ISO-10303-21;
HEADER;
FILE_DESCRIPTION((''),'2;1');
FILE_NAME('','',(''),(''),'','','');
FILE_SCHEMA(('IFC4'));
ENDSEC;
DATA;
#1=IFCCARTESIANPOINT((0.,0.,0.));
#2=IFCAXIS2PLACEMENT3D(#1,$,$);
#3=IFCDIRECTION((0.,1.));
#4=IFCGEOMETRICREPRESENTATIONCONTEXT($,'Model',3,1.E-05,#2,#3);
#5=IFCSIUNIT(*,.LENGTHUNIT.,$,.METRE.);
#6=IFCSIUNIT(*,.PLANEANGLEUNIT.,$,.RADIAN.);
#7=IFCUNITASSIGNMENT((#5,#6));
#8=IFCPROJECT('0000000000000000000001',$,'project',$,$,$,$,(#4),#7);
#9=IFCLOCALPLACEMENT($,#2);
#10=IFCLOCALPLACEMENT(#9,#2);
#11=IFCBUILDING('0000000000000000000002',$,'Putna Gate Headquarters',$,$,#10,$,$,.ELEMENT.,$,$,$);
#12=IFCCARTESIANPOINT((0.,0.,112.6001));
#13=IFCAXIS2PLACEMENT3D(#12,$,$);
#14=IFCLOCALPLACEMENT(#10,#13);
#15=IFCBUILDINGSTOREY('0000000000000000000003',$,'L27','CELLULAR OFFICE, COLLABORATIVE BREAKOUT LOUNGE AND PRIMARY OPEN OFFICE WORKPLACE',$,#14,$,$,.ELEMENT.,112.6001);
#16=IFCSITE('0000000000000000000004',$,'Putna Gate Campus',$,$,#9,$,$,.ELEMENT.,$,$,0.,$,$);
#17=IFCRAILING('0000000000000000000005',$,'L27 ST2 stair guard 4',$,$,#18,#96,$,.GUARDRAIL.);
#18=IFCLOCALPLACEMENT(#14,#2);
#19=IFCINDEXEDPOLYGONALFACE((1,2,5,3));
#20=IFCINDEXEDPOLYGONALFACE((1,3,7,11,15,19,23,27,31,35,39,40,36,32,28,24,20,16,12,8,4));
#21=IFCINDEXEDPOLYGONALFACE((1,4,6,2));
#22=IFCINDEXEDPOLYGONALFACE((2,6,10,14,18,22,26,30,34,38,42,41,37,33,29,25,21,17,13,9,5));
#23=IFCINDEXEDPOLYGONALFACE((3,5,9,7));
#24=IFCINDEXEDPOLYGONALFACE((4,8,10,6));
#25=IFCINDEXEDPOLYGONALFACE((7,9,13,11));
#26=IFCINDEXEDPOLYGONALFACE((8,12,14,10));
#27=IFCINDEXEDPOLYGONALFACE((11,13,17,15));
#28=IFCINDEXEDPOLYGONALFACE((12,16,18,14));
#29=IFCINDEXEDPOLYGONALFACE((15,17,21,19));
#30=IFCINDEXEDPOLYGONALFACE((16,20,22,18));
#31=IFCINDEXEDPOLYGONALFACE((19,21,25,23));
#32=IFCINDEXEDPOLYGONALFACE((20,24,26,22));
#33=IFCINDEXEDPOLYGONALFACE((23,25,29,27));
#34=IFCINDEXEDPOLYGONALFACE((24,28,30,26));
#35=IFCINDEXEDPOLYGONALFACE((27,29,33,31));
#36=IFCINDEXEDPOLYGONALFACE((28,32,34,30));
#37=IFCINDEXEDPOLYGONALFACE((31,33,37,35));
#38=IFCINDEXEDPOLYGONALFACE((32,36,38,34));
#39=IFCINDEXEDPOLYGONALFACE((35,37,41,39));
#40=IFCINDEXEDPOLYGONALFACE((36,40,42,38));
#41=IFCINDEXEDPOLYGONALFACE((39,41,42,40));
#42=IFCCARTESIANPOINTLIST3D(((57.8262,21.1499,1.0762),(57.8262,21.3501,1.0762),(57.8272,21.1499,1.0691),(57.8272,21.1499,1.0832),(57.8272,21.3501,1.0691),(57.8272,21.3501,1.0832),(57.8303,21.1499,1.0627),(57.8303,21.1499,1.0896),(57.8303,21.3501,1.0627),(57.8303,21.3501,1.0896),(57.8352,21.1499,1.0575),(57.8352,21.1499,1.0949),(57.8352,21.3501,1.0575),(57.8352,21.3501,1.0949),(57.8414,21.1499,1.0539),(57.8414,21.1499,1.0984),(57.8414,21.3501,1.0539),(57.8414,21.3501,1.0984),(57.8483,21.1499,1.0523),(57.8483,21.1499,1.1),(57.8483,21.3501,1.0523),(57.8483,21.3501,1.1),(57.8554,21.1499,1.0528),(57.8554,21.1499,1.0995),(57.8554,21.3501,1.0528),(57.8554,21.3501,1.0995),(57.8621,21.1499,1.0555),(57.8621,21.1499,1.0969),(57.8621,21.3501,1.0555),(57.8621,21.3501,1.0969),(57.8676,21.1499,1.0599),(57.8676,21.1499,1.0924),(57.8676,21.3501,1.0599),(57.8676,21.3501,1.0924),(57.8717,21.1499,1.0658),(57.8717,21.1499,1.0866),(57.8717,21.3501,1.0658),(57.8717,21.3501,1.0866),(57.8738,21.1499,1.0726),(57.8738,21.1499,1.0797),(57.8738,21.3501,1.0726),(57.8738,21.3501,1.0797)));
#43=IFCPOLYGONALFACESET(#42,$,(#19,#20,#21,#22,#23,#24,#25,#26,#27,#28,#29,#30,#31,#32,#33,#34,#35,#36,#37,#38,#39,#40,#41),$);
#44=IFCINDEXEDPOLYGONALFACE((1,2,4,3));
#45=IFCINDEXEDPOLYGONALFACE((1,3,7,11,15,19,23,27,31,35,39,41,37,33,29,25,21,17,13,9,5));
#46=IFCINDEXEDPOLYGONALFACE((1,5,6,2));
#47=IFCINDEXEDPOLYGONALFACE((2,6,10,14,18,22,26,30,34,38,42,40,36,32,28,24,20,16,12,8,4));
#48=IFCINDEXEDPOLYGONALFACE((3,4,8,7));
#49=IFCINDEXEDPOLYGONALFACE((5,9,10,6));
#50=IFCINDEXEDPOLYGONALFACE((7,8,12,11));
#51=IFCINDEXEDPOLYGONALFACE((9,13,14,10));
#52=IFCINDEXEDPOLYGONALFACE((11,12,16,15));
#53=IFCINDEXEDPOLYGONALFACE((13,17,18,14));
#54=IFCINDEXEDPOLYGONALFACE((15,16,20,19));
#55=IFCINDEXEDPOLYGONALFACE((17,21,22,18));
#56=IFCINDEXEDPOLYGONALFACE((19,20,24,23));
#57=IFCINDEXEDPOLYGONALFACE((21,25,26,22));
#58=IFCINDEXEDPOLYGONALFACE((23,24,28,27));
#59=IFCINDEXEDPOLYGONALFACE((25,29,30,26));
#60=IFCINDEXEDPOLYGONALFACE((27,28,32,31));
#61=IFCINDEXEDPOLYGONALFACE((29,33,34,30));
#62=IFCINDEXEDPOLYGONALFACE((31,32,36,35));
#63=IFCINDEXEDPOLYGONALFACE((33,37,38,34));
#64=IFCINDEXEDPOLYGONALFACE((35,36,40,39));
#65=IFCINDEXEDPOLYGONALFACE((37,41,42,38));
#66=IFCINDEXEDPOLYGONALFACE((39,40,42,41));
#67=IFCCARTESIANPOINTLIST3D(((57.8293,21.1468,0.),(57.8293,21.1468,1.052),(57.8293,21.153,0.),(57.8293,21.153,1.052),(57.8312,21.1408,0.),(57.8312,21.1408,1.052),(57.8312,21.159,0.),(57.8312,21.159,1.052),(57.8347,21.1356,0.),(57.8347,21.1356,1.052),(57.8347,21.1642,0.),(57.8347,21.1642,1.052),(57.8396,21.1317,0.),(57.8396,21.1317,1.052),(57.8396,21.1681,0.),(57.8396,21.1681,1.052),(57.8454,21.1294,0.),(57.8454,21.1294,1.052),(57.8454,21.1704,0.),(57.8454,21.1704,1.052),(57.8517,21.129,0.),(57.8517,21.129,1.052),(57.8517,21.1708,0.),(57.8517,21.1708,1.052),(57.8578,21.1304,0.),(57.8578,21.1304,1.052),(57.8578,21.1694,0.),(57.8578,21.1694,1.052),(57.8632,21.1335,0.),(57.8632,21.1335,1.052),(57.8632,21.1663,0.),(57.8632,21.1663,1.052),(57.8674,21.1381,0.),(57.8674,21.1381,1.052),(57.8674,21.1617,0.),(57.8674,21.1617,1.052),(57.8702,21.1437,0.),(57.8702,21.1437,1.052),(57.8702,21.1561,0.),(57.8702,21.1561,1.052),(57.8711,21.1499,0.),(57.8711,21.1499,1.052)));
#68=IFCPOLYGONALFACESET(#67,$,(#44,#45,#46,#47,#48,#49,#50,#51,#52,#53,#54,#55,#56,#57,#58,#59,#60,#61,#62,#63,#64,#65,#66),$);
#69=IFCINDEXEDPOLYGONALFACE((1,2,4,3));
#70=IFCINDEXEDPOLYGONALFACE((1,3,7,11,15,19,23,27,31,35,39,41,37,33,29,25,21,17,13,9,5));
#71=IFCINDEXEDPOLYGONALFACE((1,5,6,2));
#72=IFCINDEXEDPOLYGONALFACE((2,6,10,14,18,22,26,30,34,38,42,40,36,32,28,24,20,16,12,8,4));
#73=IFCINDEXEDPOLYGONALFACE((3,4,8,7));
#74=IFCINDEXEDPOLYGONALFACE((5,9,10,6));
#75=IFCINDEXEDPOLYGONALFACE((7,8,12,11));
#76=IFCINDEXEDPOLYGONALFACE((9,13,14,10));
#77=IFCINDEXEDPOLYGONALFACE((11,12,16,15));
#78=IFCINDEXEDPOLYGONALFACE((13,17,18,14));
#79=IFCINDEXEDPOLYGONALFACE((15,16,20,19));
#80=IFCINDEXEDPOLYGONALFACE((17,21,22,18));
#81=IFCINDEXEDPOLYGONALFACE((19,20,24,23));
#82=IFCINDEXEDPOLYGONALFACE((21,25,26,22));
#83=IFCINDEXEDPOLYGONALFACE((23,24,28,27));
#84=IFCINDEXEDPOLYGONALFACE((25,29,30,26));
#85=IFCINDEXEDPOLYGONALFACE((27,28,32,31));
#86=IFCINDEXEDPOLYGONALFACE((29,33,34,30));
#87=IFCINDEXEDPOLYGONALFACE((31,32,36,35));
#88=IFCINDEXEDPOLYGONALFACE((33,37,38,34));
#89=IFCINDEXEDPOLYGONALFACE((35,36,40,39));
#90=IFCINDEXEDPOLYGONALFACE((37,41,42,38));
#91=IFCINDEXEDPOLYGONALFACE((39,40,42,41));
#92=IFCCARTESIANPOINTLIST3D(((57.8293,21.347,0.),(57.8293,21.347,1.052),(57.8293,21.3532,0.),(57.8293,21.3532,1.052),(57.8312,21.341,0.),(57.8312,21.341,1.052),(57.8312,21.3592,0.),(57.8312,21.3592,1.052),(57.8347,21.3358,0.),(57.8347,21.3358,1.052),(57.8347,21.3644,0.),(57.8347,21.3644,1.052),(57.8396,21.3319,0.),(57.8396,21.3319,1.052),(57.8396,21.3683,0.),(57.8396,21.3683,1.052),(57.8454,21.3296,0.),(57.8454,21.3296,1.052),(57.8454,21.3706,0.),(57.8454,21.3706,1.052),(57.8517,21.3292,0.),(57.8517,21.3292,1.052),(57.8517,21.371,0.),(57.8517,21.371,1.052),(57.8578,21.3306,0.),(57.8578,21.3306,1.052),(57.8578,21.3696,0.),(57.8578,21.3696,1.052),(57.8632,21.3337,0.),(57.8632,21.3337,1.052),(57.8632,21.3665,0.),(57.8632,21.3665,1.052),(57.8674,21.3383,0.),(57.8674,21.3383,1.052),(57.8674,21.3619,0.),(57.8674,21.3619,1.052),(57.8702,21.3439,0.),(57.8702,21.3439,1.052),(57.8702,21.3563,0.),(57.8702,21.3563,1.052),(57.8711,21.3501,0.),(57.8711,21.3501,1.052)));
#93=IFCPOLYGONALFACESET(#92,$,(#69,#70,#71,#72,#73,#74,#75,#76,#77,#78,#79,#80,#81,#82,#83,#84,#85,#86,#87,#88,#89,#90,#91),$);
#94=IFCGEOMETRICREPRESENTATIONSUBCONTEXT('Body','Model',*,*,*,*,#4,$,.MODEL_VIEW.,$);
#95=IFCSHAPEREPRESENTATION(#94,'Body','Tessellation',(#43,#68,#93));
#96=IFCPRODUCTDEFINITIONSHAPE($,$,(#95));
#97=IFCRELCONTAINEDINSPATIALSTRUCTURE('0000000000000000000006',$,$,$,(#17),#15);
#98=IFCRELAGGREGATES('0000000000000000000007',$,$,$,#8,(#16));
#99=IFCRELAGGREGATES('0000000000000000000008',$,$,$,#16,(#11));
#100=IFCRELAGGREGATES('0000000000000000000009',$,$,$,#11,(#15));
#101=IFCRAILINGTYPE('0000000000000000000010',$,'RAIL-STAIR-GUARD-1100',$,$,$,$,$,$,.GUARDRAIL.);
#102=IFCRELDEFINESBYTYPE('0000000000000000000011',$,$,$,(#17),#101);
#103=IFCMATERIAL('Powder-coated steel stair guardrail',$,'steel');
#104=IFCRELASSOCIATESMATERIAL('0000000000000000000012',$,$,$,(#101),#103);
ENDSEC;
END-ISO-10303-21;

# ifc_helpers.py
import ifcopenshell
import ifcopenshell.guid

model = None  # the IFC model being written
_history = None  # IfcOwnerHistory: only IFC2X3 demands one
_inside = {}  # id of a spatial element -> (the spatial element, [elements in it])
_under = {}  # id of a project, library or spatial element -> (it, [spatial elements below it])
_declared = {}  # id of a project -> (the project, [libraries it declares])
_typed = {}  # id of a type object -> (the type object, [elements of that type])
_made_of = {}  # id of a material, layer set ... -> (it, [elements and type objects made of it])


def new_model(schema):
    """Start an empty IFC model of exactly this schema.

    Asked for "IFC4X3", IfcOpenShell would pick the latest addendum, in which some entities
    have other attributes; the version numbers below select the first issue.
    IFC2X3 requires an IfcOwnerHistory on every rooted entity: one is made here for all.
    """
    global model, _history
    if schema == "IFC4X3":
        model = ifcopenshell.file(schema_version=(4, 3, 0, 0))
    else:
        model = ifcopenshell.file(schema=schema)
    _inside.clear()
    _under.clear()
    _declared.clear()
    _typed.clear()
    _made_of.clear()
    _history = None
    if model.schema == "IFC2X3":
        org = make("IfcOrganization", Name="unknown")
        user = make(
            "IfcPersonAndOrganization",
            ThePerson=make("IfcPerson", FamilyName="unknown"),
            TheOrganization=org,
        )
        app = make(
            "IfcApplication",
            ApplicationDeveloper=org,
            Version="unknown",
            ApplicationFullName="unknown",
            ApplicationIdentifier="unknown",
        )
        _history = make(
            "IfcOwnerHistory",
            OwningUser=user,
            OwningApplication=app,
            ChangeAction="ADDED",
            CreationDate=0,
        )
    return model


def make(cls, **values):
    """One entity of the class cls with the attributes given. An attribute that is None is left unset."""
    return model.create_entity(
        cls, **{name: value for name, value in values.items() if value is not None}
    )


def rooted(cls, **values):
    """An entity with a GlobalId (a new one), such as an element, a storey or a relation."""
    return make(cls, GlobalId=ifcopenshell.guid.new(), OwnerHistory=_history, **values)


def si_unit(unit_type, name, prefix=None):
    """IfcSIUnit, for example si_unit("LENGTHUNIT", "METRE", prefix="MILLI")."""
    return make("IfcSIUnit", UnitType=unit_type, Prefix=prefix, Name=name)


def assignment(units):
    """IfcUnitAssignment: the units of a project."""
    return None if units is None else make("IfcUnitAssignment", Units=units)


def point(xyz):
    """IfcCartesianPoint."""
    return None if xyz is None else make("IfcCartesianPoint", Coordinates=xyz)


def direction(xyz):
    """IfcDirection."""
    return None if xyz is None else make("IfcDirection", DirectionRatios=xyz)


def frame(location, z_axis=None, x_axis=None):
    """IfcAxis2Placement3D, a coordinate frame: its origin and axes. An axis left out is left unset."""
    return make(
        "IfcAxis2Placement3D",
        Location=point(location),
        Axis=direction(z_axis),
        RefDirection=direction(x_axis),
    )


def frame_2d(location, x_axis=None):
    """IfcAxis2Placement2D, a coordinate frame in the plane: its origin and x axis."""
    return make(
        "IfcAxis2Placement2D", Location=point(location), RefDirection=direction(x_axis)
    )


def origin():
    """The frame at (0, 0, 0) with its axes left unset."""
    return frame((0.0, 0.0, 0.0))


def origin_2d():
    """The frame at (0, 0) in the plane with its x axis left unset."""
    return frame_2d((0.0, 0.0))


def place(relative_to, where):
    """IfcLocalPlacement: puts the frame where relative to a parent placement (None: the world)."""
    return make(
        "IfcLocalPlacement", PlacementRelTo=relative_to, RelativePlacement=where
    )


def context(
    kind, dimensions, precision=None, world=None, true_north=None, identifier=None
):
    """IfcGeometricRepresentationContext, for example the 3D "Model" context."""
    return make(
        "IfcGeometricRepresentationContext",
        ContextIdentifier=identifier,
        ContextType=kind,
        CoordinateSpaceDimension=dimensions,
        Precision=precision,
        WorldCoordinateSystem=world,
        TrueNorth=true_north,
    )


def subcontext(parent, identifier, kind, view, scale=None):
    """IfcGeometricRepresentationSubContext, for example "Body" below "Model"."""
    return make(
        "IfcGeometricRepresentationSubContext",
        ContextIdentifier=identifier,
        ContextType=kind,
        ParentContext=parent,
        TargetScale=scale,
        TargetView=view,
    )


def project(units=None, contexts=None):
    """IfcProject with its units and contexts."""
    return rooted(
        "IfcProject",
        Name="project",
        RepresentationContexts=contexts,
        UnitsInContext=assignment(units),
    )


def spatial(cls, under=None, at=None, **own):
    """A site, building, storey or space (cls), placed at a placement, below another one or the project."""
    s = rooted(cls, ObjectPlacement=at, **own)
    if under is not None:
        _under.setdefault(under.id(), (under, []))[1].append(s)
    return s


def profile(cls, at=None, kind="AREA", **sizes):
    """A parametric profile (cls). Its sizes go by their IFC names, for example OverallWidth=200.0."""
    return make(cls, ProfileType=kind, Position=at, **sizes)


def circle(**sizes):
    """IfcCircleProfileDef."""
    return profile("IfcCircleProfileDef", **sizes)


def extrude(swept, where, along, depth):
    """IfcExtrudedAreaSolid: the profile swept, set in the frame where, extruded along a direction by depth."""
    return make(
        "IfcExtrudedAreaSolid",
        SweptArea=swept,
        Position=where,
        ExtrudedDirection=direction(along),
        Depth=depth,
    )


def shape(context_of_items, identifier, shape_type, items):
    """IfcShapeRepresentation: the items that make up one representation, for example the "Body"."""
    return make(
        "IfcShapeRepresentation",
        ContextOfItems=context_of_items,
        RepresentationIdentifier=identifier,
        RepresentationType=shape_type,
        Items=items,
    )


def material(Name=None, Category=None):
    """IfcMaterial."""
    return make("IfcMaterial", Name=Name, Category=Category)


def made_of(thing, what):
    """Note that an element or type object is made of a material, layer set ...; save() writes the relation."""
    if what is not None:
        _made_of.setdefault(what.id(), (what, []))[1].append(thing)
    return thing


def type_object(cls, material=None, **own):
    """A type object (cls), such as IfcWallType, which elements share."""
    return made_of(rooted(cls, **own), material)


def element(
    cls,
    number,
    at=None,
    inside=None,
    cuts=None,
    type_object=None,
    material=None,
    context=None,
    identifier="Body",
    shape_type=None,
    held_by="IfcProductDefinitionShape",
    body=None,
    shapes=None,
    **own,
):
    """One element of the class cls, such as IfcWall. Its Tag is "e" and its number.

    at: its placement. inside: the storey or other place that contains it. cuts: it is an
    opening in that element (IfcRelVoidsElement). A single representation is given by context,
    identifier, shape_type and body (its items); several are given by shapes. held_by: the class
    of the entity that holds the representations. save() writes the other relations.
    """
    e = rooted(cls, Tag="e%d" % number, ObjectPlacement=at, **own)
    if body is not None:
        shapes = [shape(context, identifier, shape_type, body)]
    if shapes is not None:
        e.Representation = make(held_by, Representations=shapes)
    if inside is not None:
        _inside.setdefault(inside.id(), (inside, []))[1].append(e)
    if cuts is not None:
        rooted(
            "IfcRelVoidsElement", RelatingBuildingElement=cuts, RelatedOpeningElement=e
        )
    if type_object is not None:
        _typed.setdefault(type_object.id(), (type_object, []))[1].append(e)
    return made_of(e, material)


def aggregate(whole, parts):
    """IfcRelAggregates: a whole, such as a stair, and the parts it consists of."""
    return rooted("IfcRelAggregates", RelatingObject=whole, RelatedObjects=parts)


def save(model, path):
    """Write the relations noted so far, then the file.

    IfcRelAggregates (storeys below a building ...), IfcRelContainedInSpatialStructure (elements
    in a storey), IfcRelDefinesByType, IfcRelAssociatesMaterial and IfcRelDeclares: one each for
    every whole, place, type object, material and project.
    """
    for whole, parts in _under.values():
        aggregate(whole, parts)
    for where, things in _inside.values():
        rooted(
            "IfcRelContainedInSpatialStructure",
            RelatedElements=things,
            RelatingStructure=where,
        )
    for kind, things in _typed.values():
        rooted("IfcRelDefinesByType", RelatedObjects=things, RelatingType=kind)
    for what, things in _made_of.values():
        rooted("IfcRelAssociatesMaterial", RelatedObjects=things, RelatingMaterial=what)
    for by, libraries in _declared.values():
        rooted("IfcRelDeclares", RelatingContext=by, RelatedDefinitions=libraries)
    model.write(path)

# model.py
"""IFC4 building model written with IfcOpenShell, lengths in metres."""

from ifc_helpers import new_model, si_unit, direction, frame, origin, origin_2d, place, context, subcontext, project, spatial, circle, extrude, material, type_object, element, save


model = new_model("IFC4")

# Units and contexts
model_context = context("Model", 3, precision=1e-05, world=origin(), true_north=direction((0.0, 1.0)))
body_context = subcontext(model_context, "Body", "Model", "MODEL_VIEW")
ifc_project = project(units=[si_unit("LENGTHUNIT", "METRE"), si_unit("PLANEANGLEUNIT", "RADIAN")], contexts=[model_context])

# Site, building, storey
site_placement = place(None, origin())
site = spatial("IfcSite", under=ifc_project, at=site_placement, Name="Putna Gate Campus", CompositionType="ELEMENT", RefElevation=0.0)
building_placement = place(site_placement, origin())
building = spatial("IfcBuilding", under=site, at=building_placement, Name="Putna Gate Headquarters", CompositionType="ELEMENT")
storey_placement = place(building_placement, frame((0.0, 0.0, 112.6001)))
storey = spatial("IfcBuildingStorey", under=building, at=storey_placement, Name="L27", Description="CELLULAR OFFICE, COLLABORATIVE BREAKOUT LOUNGE AND PRIMARY OPEN OFFICE WORKPLACE", CompositionType="ELEMENT", Elevation=112.6001)

# Railing
ifc_material_1 = material(Name="Powder-coated steel stair guardrail", Category="steel")
railing_type_1 = type_object("IfcRailingType", Name="RAIL-STAIR-GUARD-1100", PredefinedType="GUARDRAIL", material=ifc_material_1)
railing_1_placement = place(storey_placement, frame((57.8501, 21.1499, 0.0)))
element("IfcRailing", 1, at=railing_1_placement, inside=storey, type_object=railing_type_1, Name="L27 ST2 stair guard 4", PredefinedType="GUARDRAIL", context=body_context, shape_type="SweptSolid", body=[
    extrude(circle(Radius=0.0239, at=origin_2d()), frame((0.0, 0.0, 1.0762), z_axis=(0.0, 1.0, 0.0), x_axis=(-1.0, 0.0, 0.0)), (0.0, 0.0, 1.0), 0.2002),
    extrude(circle(Radius=0.021, at=origin_2d()), origin(), (0.0, 0.0, 1.0), 1.052),
    extrude(circle(Radius=0.021, at=origin_2d()), frame((0.0, 0.2002, 0.0)), (0.0, 0.0, 1.0), 1.052),
])

save(model, "model.ifc")
